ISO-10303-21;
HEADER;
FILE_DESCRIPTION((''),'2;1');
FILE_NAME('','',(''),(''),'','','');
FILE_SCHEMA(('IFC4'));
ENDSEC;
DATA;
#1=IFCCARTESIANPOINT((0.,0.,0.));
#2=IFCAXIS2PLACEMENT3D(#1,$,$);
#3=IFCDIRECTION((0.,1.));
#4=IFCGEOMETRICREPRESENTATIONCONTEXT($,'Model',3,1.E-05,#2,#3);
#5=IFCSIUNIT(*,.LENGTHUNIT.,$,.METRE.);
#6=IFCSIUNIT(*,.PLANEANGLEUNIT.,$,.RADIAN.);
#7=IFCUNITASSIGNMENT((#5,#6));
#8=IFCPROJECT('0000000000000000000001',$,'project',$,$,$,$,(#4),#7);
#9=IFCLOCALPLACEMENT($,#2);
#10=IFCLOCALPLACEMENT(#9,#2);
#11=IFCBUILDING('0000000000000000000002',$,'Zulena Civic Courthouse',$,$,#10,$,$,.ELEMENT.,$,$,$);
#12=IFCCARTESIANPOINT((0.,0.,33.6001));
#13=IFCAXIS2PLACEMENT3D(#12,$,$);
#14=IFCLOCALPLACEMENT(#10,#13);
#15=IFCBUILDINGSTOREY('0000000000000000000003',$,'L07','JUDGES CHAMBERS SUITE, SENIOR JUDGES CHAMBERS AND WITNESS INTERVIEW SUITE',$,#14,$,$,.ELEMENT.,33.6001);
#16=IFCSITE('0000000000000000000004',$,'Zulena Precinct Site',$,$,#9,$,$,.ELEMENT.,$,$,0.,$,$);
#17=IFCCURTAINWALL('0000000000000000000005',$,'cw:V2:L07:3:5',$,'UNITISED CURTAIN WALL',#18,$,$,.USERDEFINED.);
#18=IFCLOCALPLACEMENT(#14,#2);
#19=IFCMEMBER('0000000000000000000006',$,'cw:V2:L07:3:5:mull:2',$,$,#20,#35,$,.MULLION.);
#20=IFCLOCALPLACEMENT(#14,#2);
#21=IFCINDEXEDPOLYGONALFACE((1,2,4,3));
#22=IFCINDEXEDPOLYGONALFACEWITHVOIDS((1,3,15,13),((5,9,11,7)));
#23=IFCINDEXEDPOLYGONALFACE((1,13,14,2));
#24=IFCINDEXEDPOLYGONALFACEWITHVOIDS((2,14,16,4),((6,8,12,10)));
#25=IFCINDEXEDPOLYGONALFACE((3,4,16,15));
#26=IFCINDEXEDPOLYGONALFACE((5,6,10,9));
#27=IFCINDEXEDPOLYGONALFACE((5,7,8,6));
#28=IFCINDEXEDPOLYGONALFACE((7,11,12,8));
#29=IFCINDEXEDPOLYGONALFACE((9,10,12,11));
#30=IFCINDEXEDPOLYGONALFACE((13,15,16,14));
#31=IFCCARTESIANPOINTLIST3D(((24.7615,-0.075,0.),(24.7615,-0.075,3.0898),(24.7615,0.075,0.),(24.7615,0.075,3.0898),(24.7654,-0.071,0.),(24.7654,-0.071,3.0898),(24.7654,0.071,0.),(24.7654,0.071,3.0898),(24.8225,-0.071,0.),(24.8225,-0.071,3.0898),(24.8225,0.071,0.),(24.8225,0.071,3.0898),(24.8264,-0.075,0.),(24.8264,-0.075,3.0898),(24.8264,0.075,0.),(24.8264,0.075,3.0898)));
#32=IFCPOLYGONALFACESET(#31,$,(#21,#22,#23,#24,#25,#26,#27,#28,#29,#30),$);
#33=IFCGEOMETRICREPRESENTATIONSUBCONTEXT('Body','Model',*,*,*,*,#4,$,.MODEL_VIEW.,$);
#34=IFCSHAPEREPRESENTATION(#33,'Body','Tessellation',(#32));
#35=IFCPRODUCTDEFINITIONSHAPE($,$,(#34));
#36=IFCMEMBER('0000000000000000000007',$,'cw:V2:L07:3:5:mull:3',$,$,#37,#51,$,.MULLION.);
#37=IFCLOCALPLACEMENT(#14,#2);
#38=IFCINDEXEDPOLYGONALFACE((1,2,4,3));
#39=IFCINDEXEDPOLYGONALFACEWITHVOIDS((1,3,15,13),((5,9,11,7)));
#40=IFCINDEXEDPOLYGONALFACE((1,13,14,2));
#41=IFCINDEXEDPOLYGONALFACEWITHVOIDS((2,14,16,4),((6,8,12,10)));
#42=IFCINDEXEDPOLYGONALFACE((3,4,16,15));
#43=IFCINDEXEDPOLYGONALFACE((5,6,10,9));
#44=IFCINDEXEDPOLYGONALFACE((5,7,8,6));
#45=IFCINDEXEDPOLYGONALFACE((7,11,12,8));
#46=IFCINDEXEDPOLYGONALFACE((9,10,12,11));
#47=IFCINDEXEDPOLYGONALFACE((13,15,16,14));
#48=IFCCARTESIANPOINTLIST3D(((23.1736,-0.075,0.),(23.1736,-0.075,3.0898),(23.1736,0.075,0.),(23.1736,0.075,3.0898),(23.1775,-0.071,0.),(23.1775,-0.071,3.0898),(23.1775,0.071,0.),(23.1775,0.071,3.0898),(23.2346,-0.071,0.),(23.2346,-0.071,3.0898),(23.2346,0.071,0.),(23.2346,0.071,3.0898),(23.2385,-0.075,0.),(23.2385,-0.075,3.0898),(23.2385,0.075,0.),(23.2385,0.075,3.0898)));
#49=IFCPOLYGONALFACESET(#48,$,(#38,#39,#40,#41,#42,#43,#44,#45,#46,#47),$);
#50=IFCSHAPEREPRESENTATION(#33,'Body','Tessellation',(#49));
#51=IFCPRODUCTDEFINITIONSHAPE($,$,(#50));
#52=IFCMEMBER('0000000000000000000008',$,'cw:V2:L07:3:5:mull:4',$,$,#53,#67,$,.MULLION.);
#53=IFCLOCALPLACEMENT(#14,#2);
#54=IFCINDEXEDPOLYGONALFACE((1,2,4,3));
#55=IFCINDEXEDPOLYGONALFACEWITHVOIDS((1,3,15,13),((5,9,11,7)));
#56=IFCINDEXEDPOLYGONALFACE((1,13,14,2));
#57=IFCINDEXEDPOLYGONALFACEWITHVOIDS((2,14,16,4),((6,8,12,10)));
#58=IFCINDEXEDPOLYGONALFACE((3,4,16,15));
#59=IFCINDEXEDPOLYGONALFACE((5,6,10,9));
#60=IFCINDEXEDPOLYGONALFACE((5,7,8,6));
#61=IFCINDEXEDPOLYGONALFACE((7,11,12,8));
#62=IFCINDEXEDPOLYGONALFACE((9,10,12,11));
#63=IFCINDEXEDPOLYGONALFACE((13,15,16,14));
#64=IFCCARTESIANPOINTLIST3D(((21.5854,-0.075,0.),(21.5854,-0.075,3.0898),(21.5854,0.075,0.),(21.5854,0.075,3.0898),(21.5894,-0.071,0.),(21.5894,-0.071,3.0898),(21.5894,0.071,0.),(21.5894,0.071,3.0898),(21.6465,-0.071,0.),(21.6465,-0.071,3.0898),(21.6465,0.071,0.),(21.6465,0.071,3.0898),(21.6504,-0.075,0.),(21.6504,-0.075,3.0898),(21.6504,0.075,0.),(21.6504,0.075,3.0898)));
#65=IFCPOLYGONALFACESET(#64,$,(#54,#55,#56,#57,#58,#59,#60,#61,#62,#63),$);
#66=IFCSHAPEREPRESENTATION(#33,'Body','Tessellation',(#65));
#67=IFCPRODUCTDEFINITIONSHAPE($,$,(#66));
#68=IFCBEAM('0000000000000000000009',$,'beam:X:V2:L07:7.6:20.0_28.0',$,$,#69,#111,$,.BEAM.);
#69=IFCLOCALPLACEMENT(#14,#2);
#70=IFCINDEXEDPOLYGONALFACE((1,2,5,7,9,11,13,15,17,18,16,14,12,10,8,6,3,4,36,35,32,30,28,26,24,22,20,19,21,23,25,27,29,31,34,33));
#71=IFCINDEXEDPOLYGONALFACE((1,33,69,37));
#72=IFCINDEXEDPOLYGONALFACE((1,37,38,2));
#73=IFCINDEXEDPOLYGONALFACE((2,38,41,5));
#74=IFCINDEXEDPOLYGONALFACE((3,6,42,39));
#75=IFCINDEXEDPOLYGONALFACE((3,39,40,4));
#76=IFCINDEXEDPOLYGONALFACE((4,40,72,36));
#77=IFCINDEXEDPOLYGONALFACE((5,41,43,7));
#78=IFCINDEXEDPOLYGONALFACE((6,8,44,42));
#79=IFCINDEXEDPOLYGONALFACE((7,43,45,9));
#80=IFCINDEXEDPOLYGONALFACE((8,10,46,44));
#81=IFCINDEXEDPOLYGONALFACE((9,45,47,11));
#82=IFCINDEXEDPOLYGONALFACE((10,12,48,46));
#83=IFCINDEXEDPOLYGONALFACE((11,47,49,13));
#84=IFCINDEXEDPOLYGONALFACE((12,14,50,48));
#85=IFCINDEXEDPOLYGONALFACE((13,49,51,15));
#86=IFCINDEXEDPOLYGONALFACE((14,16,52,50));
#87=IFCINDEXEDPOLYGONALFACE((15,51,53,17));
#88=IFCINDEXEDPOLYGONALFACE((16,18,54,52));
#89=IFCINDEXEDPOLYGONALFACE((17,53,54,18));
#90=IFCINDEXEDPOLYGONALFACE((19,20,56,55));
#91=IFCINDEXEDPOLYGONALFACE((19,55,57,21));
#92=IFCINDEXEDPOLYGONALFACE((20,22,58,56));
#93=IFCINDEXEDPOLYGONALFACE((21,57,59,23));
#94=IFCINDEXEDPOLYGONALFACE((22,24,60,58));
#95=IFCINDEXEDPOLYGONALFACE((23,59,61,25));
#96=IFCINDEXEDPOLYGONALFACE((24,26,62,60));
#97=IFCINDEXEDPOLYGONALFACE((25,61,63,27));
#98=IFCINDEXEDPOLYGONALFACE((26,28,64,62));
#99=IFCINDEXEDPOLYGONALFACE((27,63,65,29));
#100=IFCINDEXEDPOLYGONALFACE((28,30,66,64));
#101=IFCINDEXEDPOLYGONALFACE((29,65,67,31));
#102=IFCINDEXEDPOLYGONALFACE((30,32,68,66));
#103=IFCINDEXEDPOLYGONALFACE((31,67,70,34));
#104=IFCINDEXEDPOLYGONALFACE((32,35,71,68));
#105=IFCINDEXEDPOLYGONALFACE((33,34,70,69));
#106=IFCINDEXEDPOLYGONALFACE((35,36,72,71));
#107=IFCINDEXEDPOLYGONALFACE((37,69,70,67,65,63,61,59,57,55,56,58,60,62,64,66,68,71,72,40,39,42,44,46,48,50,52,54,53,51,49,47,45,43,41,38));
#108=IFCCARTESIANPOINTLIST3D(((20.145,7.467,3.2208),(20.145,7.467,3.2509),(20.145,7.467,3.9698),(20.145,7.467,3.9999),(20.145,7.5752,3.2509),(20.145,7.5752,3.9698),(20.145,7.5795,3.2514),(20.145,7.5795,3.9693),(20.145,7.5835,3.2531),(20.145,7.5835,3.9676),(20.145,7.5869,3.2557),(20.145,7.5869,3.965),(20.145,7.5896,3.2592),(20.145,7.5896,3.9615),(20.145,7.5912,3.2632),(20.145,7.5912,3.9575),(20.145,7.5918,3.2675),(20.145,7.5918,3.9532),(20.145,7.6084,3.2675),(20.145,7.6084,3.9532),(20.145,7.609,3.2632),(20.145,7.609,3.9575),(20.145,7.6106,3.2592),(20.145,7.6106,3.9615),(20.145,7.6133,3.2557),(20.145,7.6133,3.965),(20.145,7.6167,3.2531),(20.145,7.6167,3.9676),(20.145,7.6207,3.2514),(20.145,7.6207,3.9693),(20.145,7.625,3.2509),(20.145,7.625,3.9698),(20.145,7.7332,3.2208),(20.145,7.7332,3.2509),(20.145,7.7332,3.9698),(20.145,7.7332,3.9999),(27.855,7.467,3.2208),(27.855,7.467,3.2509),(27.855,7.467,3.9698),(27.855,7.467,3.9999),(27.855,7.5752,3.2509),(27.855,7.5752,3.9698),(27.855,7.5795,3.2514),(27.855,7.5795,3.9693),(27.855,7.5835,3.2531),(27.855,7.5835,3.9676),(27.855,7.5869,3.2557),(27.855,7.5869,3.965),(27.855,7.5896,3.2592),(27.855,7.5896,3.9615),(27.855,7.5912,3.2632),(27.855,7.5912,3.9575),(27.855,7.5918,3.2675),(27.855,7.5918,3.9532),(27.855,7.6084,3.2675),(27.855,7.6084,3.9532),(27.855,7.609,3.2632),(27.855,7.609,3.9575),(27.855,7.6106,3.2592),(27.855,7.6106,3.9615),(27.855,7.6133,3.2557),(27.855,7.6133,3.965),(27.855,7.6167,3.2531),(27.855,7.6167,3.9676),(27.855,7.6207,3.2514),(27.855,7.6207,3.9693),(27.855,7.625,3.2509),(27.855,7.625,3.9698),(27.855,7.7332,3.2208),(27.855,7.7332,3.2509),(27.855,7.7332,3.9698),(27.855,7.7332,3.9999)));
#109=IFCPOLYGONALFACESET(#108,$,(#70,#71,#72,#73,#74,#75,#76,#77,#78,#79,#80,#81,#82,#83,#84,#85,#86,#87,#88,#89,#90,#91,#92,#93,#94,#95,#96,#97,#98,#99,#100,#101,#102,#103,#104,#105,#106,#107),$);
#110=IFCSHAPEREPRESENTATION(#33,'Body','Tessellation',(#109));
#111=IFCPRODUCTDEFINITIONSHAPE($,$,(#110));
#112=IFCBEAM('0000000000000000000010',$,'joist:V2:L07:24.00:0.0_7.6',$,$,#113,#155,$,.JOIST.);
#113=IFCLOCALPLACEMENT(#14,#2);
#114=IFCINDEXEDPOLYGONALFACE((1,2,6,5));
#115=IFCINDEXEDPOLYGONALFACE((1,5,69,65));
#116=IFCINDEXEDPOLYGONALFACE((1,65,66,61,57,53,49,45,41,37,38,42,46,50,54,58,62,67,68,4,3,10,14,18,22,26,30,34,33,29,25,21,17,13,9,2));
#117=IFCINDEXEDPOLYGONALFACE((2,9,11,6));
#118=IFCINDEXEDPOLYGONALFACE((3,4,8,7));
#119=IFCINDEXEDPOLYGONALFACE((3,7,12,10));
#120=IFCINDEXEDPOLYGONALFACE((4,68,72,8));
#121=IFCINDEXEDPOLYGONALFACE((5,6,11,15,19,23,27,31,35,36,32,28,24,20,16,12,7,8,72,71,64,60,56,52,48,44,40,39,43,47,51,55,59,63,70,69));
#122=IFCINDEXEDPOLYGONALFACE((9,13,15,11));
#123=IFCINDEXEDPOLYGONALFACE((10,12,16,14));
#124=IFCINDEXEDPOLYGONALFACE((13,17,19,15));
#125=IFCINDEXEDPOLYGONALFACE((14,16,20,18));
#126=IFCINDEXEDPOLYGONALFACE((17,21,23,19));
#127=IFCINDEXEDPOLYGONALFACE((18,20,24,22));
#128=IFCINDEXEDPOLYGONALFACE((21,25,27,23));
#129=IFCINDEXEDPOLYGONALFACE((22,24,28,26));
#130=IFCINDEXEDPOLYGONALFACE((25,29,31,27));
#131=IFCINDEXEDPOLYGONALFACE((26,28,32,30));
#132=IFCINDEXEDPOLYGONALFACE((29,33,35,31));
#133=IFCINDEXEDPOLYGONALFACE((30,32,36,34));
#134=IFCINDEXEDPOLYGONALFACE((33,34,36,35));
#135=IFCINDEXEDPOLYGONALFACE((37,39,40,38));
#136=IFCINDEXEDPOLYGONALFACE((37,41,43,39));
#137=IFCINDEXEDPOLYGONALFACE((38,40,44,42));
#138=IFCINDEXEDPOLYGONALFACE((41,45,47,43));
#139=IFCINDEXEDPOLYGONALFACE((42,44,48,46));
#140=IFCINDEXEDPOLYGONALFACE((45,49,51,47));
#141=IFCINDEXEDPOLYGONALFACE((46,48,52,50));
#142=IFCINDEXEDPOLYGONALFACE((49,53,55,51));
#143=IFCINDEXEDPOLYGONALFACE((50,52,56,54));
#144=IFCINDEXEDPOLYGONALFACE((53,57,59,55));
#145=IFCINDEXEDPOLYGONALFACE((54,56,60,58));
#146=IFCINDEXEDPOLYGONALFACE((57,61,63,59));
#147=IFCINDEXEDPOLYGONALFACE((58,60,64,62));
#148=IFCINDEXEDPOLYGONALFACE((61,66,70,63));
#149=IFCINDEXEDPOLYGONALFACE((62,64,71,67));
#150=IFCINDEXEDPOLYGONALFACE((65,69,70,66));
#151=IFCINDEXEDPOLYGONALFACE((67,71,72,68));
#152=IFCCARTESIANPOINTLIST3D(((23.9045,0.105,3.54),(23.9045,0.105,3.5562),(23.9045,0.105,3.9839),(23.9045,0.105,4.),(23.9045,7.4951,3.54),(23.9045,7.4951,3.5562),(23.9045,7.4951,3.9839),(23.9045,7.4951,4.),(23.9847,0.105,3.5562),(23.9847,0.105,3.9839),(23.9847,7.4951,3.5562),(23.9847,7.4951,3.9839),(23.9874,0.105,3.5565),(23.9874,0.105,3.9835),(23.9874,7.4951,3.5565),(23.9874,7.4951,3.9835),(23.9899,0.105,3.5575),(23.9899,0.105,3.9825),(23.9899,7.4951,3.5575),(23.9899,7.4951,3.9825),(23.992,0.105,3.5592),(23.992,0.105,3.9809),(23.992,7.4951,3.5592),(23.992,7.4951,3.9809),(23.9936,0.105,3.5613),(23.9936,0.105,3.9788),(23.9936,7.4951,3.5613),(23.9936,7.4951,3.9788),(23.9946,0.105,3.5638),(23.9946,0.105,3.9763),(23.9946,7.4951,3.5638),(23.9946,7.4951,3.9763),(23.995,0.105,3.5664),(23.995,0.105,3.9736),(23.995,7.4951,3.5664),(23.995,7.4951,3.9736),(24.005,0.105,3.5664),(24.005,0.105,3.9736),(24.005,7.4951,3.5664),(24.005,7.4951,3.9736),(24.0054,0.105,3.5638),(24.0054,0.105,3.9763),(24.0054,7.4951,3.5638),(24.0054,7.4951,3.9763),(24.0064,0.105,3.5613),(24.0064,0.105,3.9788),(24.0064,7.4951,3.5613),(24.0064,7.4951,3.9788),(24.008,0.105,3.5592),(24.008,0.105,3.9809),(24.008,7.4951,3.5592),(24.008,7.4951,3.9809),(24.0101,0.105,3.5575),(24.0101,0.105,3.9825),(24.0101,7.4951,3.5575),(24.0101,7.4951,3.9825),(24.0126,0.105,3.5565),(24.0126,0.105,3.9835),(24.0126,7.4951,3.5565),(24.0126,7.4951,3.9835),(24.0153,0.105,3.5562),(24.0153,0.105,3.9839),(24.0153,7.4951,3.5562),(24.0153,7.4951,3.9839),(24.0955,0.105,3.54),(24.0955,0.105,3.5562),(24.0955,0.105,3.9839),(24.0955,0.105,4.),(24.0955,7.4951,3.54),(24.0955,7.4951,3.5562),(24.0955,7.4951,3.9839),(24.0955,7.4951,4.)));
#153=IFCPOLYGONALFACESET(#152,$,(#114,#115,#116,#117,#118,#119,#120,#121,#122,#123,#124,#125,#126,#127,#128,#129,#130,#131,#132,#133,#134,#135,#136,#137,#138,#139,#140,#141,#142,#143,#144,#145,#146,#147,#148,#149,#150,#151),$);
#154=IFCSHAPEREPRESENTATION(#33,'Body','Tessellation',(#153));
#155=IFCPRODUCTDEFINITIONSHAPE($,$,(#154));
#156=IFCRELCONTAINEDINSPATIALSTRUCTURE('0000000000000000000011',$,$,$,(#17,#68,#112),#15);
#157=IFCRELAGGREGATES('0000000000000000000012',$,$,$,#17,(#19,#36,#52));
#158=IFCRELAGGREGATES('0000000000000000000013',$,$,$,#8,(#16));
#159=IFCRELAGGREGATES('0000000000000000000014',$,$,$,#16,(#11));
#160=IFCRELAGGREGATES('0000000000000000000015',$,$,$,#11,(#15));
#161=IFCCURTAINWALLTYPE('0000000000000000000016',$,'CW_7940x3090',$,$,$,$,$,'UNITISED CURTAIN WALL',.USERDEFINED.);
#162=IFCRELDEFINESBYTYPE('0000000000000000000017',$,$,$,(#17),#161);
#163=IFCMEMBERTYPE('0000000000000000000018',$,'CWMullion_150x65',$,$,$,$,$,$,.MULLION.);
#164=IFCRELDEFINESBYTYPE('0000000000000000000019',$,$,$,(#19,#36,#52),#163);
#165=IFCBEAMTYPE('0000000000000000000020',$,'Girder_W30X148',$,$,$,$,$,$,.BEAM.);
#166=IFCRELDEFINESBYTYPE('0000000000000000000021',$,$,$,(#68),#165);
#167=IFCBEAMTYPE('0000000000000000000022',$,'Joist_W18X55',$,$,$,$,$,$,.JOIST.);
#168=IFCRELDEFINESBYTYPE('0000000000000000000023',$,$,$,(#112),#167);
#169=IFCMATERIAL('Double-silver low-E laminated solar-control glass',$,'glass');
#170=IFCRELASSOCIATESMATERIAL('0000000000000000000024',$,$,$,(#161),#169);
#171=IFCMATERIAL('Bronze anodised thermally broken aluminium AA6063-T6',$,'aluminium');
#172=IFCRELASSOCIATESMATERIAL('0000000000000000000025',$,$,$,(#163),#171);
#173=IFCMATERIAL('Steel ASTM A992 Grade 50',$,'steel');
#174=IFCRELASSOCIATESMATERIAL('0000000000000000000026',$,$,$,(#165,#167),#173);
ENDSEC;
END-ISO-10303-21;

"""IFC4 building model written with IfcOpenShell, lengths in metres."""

from ifc_helpers import new_model, si_unit, direction, frame, origin, origin_2d, place, context, subcontext, project, spatial, hollow_rectangle, i_section, extrude, material, material_profile, profile_set, type_object, element, aggregate, save


model = new_model("IFC4")

# Units and contexts
model_context = context("Model", 3, precision=1e-05, world=origin(), true_north=direction((0.0, 1.0)))
body_context = subcontext(model_context, "Body", "Model", "MODEL_VIEW")
ifc_project = project(units=[si_unit("LENGTHUNIT", "METRE"), si_unit("PLANEANGLEUNIT", "RADIAN")], contexts=[model_context])

# Site, building, storey
site_placement = place(None, origin())
site = spatial("IfcSite", under=ifc_project, at=site_placement, Name="Zulena Precinct Site", CompositionType="ELEMENT", RefElevation=0.0)
building_placement = place(site_placement, origin())
building = spatial("IfcBuilding", under=site, at=building_placement, Name="Zulena Civic Courthouse", CompositionType="ELEMENT")
storey_placement = place(building_placement, frame((0.0, 0.0, 33.6001)))
storey = spatial("IfcBuildingStorey", under=building, at=storey_placement, Name="L07", Description="JUDGES CHAMBERS SUITE, SENIOR JUDGES CHAMBERS AND WITNESS INTERVIEW SUITE", CompositionType="ELEMENT", Elevation=33.6001)

# Curtain wall, members
ifc_material_1 = material(Name="Double-silver low-E laminated solar-control glass", Category="glass")
curtain_wall_type = type_object("IfcCurtainWallType", Name="CW_7940x3090", ElementType="UNITISED CURTAIN WALL", PredefinedType="USERDEFINED", material=ifc_material_1)
curtain_wall_placement = place(storey_placement, origin())
curtain_wall = element("IfcCurtainWall", 1, at=curtain_wall_placement, inside=storey, type_object=curtain_wall_type, Name="cw:V2:L07:3:5", ObjectType="UNITISED CURTAIN WALL", PredefinedType="USERDEFINED")
ifc_material_2 = material(Name="Bronze anodised thermally broken aluminium AA6063-T6", Category="aluminium")
ifc_material_profile_1 = material_profile(ifc_material_2, hollow_rectangle(XDim=0.0649, YDim=0.1499, WallThickness=0.0039, at=origin_2d()), Name="CWM150X65X4")
ifc_profile_set_1 = profile_set([ifc_material_profile_1], Name="Bronze anodised thermally broken aluminium AA6063-T6")
member_type = type_object("IfcMemberType", Name="CWMullion_150x65", PredefinedType="MULLION", material=ifc_profile_set_1)
member_1_placement = place(storey_placement, frame((24.7939, 0.0, 0.0), z_axis=(0.0, 0.0, 1.0), x_axis=(1.0, 0.0, 0.0)))
member_1 = element("IfcMember", 2, at=member_1_placement, type_object=member_type, Name="cw:V2:L07:3:5:mull:2", PredefinedType="MULLION", context=body_context, shape_type="SweptSolid", body=[
    extrude(hollow_rectangle(XDim=0.0649, YDim=0.1499, WallThickness=0.0039, at=origin_2d()), origin(), (0.0, 0.0, 1.0), 3.0898),
])
member_2_placement = place(storey_placement, frame((23.2061, 0.0, 0.0), z_axis=(0.0, 0.0, 1.0), x_axis=(1.0, 0.0, 0.0)))
member_2 = element("IfcMember", 3, at=member_2_placement, type_object=member_type, Name="cw:V2:L07:3:5:mull:3", PredefinedType="MULLION", context=body_context, shape_type="SweptSolid", body=[
    extrude(hollow_rectangle(XDim=0.0649, YDim=0.1499, WallThickness=0.0039, at=origin_2d()), origin(), (0.0, 0.0, 1.0), 3.0898),
])
member_3_placement = place(storey_placement, frame((21.6179, 0.0, 0.0), z_axis=(0.0, 0.0, 1.0), x_axis=(1.0, 0.0, 0.0)))
member_3 = element("IfcMember", 4, at=member_3_placement, type_object=member_type, Name="cw:V2:L07:3:5:mull:4", PredefinedType="MULLION", context=body_context, shape_type="SweptSolid", body=[
    extrude(hollow_rectangle(XDim=0.0649, YDim=0.1499, WallThickness=0.0039, at=origin_2d()), origin(), (0.0, 0.0, 1.0), 3.0898),
])

# Beams
ifc_material_3 = material(Name="Steel ASTM A992 Grade 50", Category="steel")
ifc_material_profile_2 = material_profile(ifc_material_3, i_section(OverallWidth=0.2661, OverallDepth=0.7791, WebThickness=0.0166, FlangeThickness=0.03, FilletRadius=0.0166, at=origin_2d()), Name="W30X148")
ifc_profile_set_2 = profile_set([ifc_material_profile_2], Name="Steel ASTM A992 Grade 50")
beam_type_1 = type_object("IfcBeamType", Name="Girder_W30X148", PredefinedType="BEAM", material=ifc_profile_set_2)
beam_1_placement = place(storey_placement, frame((20.145, 7.6001, 3.6104), z_axis=(1.0, 0.0, 0.0), x_axis=(0.0, 1.0, 0.0)))
element("IfcBeam", 5, at=beam_1_placement, inside=storey, type_object=beam_type_1, Name="beam:X:V2:L07:7.6:20.0_28.0", PredefinedType="BEAM", context=body_context, shape_type="SweptSolid", body=[
    extrude(i_section(OverallWidth=0.2661, OverallDepth=0.7791, WebThickness=0.0166, FlangeThickness=0.03, FilletRadius=0.0166, at=origin_2d()), origin(), (0.0, 0.0, 1.0), 7.71),
])
ifc_material_profile_3 = material_profile(ifc_material_3, i_section(OverallWidth=0.1909, OverallDepth=0.46, WebThickness=0.01, FlangeThickness=0.0161, FilletRadius=0.0103, at=origin_2d()), Name="W18X55")
ifc_profile_set_3 = profile_set([ifc_material_profile_3], Name="Steel ASTM A992 Grade 50")
beam_type_2 = type_object("IfcBeamType", Name="Joist_W18X55", PredefinedType="JOIST", material=ifc_profile_set_3)
beam_2_placement = place(storey_placement, frame((24.0, 0.105, 3.77), z_axis=(0.0, 1.0, 0.0), x_axis=(-1.0, 0.0, 0.0)))
element("IfcBeam", 6, at=beam_2_placement, inside=storey, type_object=beam_type_2, Name="joist:V2:L07:24.00:0.0_7.6", PredefinedType="JOIST", context=body_context, shape_type="SweptSolid", body=[
    extrude(i_section(OverallWidth=0.1909, OverallDepth=0.46, WebThickness=0.01, FlangeThickness=0.0161, FilletRadius=0.0103, at=origin_2d()), origin(), (0.0, 0.0, 1.0), 7.3901),
])

aggregate(curtain_wall, [member_1, member_2, member_3])

save(model, "model.ifc")
